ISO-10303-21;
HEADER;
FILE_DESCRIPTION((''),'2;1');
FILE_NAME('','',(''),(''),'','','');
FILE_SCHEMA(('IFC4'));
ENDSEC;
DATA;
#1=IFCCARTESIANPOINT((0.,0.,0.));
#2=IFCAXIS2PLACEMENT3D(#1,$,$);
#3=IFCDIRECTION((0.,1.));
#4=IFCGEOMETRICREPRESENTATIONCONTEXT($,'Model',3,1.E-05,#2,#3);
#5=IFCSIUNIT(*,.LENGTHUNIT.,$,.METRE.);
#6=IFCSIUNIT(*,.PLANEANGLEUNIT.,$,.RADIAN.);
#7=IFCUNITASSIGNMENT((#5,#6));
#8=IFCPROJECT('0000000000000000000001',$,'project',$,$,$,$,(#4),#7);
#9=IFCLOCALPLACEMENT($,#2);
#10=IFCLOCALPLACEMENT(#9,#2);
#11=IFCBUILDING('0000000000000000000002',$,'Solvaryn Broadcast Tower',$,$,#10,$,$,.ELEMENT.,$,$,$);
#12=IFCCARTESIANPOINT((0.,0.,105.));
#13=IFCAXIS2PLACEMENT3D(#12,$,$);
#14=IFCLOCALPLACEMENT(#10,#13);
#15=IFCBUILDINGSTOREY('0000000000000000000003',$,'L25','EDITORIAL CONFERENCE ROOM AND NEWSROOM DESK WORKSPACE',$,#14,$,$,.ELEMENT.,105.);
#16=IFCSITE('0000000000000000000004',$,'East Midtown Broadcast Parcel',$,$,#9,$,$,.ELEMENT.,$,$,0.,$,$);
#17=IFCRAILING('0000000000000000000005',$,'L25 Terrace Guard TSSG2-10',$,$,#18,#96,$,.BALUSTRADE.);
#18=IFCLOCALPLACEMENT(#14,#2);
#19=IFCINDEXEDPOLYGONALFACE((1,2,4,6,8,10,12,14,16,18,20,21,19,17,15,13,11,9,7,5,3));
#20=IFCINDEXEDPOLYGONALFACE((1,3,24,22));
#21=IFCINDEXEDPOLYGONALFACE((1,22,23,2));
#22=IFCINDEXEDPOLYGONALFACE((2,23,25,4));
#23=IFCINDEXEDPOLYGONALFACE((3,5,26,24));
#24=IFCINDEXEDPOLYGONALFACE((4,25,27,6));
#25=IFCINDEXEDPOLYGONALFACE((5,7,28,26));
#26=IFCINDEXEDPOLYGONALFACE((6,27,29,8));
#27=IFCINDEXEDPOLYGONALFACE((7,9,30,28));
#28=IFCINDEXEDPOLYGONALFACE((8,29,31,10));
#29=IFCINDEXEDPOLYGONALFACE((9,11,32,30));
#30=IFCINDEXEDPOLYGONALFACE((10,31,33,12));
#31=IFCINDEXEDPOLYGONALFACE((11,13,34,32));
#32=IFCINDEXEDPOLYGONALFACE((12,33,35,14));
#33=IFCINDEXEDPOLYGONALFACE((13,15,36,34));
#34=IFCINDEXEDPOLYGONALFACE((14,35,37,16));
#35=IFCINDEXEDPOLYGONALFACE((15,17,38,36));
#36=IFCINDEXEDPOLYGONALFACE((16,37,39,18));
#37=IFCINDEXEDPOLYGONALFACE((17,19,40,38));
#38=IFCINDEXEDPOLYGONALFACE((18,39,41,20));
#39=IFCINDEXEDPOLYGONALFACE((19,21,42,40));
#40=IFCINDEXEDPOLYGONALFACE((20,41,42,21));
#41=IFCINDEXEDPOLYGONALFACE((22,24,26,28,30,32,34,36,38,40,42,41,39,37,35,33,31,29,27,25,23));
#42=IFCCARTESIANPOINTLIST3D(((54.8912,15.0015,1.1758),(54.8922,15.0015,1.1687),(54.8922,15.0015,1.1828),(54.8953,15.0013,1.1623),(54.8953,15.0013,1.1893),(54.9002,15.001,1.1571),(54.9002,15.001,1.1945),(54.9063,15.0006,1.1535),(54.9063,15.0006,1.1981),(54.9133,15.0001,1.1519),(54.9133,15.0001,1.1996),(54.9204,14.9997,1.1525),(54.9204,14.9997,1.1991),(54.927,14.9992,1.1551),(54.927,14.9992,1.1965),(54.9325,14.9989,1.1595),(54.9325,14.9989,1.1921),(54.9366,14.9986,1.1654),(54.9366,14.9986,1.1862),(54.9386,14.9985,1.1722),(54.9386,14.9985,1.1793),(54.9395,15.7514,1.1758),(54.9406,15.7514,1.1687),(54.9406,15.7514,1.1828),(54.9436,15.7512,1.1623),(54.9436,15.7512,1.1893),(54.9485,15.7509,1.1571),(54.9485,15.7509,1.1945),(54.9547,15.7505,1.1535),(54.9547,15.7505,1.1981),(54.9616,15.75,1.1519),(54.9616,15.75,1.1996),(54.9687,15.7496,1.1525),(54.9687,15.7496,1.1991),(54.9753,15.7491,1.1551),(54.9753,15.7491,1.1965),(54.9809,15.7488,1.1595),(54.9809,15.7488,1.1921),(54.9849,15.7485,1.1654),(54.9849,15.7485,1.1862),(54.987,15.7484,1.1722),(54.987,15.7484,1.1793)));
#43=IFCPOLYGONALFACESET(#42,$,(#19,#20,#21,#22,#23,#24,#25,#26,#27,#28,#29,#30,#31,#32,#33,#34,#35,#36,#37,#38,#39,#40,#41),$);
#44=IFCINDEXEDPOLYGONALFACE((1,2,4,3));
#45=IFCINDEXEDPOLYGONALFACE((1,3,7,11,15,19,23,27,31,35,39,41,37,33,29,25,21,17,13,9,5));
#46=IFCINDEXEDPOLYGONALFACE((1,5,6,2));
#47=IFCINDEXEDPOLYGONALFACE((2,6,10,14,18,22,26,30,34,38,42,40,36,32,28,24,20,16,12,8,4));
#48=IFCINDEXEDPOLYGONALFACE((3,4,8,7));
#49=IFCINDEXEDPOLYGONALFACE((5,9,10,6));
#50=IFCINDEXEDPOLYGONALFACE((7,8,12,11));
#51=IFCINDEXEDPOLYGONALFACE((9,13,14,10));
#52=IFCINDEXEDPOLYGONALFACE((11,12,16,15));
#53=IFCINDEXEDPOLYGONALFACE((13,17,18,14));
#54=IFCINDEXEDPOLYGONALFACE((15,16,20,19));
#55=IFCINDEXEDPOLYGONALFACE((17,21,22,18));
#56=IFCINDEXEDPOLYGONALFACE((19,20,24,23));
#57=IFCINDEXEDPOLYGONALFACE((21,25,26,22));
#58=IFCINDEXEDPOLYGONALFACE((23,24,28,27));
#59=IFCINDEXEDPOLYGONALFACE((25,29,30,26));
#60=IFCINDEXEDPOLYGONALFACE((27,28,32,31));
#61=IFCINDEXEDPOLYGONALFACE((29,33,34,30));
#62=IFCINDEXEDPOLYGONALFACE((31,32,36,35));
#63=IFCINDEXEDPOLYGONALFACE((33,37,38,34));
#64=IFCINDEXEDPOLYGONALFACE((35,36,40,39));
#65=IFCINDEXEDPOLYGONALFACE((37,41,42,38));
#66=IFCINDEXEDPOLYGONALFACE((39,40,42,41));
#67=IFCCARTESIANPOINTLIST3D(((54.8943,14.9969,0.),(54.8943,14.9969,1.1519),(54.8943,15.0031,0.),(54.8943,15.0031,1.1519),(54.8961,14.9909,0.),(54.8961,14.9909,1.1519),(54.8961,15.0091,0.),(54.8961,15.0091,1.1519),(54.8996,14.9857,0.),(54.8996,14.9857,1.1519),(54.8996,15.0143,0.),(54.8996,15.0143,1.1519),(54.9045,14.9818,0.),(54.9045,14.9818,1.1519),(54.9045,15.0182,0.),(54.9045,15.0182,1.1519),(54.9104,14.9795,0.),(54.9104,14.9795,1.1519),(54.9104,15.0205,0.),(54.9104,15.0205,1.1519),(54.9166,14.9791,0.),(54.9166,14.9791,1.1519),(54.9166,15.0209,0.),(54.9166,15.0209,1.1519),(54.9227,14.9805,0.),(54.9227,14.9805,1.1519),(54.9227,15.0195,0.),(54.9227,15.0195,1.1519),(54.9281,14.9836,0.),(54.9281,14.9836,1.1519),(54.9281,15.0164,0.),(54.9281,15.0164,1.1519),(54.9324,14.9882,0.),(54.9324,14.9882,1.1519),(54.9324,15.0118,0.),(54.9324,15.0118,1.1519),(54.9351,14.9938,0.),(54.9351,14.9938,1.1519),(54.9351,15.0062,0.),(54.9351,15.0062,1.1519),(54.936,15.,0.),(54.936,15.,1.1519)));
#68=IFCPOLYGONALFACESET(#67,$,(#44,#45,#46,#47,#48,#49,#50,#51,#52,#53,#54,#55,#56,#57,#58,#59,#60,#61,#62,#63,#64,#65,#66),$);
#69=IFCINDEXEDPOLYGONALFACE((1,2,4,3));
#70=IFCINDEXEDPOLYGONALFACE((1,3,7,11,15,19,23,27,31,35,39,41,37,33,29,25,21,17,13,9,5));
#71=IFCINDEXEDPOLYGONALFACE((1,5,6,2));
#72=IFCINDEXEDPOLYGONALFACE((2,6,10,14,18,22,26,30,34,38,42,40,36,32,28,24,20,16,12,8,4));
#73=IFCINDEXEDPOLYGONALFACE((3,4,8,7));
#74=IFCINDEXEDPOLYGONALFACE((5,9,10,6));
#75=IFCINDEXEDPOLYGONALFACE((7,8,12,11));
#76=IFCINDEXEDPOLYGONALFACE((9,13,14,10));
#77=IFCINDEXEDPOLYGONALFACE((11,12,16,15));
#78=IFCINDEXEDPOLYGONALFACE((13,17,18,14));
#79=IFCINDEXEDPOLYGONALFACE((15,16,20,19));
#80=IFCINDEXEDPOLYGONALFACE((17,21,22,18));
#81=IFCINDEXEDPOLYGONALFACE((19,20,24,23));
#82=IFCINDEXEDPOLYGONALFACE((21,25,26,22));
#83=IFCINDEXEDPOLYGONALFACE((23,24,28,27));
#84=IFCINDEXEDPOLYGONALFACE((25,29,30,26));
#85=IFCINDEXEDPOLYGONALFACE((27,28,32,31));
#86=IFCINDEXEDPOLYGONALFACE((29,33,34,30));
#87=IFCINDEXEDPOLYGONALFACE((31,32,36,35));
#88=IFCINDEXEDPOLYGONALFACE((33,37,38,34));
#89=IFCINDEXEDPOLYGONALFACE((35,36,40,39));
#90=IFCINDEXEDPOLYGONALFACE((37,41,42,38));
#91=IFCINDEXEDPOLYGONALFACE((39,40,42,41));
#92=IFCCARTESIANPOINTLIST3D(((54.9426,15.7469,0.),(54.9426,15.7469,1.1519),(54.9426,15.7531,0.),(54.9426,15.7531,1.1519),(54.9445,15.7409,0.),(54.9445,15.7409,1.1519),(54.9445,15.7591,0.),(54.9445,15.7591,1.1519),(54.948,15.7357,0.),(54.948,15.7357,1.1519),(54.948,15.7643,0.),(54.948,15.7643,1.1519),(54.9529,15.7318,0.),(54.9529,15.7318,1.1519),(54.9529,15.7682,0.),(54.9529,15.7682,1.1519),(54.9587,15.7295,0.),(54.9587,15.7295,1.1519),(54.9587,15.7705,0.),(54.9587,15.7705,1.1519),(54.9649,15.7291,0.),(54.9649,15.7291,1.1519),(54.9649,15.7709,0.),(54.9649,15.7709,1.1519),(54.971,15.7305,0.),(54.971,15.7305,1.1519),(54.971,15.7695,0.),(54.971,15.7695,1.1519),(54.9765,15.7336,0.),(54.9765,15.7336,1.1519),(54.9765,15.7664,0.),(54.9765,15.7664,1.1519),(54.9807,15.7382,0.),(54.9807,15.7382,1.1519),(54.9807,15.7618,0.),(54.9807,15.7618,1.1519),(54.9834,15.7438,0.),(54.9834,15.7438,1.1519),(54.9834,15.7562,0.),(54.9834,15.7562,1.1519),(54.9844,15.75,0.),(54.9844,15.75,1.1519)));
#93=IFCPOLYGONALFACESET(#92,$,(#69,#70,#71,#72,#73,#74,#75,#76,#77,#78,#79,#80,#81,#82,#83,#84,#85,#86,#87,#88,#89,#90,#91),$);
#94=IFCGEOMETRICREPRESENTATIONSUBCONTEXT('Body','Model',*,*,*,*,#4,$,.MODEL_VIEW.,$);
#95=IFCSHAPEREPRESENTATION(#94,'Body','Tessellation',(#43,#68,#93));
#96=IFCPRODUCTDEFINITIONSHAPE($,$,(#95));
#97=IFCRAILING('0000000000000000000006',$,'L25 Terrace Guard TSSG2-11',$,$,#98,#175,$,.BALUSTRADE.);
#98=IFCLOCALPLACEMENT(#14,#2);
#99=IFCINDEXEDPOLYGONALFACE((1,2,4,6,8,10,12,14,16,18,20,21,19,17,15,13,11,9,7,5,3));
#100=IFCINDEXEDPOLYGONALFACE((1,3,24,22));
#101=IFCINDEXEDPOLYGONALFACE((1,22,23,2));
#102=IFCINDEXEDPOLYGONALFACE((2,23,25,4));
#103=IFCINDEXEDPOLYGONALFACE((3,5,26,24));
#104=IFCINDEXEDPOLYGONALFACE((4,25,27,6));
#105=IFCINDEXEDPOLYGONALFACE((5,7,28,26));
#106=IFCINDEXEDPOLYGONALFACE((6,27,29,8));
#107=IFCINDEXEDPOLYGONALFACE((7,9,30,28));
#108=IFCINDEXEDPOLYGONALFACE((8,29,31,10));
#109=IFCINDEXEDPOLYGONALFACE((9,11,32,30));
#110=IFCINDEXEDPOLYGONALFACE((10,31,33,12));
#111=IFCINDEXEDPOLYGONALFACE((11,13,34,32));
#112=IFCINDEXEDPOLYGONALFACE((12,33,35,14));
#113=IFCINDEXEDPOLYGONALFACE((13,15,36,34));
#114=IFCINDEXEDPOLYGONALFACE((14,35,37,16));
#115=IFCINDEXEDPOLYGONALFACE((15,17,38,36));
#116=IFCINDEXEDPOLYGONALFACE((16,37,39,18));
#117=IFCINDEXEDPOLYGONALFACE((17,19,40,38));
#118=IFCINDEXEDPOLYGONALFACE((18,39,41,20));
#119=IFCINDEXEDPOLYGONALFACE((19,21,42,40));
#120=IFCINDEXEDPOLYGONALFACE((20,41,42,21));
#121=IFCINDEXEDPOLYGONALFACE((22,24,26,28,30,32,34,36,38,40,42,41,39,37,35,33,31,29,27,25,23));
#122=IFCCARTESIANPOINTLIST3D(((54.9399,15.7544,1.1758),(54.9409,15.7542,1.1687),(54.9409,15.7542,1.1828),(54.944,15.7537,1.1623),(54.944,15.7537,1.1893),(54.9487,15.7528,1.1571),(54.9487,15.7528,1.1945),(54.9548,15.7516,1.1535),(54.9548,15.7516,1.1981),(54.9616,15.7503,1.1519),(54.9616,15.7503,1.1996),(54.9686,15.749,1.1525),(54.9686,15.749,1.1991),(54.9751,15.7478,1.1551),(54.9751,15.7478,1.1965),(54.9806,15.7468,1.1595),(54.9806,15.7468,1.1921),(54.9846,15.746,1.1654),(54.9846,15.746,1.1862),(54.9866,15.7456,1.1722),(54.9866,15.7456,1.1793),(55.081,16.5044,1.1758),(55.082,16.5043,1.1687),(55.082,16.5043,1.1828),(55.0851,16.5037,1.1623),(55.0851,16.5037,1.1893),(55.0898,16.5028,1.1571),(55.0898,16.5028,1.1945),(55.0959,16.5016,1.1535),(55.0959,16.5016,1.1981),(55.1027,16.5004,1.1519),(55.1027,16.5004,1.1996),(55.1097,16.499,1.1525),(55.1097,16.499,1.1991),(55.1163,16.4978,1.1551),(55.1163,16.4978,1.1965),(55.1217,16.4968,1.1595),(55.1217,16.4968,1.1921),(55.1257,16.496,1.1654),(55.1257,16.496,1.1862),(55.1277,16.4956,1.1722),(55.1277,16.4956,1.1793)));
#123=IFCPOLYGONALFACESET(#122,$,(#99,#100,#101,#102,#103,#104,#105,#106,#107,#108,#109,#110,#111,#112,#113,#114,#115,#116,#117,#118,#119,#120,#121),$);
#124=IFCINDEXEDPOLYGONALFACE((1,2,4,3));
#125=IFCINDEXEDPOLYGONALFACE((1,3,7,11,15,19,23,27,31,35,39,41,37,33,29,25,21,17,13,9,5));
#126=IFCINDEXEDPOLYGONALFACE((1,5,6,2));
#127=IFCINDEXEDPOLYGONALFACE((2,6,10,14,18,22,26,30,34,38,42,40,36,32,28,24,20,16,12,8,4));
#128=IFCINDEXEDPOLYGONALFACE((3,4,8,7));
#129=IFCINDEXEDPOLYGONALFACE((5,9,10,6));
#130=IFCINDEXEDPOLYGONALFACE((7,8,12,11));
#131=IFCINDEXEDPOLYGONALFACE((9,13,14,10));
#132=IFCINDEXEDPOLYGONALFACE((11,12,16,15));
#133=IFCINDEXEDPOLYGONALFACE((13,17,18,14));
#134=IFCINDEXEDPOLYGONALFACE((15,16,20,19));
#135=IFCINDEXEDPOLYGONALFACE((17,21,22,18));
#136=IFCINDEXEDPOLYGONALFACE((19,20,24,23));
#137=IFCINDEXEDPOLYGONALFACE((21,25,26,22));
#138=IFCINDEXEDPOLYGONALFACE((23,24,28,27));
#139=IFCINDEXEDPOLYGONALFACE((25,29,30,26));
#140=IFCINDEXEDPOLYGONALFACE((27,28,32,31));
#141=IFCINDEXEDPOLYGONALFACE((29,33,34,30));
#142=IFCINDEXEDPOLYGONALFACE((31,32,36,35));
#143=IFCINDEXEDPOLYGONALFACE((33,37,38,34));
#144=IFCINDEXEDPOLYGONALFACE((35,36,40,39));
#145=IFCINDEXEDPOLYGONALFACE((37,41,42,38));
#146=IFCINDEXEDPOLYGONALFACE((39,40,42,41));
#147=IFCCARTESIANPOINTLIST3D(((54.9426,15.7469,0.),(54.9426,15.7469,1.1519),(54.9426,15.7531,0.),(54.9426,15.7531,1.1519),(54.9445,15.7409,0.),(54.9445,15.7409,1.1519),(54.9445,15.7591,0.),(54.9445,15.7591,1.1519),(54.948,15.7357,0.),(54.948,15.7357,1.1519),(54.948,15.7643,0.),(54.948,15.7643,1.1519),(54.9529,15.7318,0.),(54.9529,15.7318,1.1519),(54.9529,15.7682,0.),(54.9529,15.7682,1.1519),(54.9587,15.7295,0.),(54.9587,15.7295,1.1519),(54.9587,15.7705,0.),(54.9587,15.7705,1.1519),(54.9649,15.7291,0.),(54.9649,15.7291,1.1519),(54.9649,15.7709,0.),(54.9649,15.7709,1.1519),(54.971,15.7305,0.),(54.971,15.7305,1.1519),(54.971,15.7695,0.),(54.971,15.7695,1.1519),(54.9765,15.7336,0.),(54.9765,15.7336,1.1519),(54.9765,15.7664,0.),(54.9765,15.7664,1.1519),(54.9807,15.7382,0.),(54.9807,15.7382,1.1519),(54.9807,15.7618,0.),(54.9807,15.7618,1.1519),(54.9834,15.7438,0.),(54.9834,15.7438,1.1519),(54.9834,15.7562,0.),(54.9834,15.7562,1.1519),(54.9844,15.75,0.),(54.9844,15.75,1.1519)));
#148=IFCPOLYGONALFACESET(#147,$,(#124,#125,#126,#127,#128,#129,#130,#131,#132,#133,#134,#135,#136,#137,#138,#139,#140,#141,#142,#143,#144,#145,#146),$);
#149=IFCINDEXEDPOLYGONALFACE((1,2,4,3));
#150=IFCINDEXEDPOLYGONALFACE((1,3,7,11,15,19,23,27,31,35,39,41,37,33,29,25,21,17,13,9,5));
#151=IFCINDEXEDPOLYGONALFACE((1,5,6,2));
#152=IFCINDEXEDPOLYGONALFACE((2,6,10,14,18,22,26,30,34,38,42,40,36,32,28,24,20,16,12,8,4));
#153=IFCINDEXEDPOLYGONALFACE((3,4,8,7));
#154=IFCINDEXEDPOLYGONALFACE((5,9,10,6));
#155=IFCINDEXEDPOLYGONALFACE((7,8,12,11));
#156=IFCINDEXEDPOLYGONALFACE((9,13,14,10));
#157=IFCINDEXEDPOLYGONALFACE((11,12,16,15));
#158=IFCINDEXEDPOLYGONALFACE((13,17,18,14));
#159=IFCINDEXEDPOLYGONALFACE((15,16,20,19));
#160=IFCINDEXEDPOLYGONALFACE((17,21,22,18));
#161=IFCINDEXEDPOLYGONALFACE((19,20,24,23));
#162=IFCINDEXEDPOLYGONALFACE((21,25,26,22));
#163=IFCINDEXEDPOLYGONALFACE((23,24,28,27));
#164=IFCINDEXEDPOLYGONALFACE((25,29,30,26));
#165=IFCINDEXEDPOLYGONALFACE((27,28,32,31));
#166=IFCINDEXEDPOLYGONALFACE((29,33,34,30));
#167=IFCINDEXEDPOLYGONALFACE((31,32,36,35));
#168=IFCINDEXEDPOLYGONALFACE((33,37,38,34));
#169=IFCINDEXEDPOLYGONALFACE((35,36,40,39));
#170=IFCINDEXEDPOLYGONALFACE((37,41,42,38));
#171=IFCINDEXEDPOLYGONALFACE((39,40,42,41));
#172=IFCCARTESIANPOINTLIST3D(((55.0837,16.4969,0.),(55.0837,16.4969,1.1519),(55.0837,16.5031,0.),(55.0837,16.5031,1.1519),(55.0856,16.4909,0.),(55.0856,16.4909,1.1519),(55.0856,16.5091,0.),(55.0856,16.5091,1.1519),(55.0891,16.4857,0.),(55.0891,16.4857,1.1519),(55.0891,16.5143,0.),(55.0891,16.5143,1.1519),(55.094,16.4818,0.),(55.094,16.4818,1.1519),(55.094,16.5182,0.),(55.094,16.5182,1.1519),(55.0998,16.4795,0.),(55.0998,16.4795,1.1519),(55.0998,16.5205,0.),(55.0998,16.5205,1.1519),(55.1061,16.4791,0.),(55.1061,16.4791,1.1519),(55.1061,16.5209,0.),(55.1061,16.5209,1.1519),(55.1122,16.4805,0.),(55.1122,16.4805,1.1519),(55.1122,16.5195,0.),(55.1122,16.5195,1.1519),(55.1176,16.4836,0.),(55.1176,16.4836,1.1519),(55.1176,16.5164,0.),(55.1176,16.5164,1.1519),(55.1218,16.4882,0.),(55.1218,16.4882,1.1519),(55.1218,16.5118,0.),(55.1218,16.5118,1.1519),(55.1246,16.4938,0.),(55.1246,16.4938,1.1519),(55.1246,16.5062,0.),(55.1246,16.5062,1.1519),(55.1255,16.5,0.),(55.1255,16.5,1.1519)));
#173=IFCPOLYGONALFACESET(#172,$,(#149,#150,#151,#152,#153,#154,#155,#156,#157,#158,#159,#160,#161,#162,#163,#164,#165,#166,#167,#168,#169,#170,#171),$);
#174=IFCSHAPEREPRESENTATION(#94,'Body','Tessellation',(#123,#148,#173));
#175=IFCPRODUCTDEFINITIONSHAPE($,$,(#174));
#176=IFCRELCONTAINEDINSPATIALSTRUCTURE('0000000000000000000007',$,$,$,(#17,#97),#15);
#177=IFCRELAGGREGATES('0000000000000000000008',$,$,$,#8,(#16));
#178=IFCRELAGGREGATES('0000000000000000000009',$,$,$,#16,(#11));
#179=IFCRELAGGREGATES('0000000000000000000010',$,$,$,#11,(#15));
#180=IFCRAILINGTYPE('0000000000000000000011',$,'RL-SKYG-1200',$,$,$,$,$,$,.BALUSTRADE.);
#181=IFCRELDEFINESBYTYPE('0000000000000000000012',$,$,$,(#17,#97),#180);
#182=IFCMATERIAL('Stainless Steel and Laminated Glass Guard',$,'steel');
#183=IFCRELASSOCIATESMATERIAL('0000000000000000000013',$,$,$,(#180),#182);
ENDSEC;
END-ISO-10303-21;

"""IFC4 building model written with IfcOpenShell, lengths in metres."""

from ifc_helpers import new_model, si_unit, direction, frame, origin, origin_2d, place, context, subcontext, project, spatial, circle, extrude, material, type_object, element, save


model = new_model("IFC4")

# Units and contexts
model_context = context("Model", 3, precision=1e-05, world=origin(), true_north=direction((0.0, 1.0)))
body_context = subcontext(model_context, "Body", "Model", "MODEL_VIEW")
ifc_project = project(units=[si_unit("LENGTHUNIT", "METRE"), si_unit("PLANEANGLEUNIT", "RADIAN")], contexts=[model_context])

# Site, building, storey
site_placement = place(None, origin())
site = spatial("IfcSite", under=ifc_project, at=site_placement, Name="East Midtown Broadcast Parcel", CompositionType="ELEMENT", RefElevation=0.0)
building_placement = place(site_placement, origin())
building = spatial("IfcBuilding", under=site, at=building_placement, Name="Solvaryn Broadcast Tower", CompositionType="ELEMENT")
storey_placement = place(building_placement, frame((0.0, 0.0, 105.0)))
storey = spatial("IfcBuildingStorey", under=building, at=storey_placement, Name="L25", Description="EDITORIAL CONFERENCE ROOM AND NEWSROOM DESK WORKSPACE", CompositionType="ELEMENT", Elevation=105.0)

# Railings
ifc_material_1 = material(Name="Stainless Steel and Laminated Glass Guard", Category="steel")
railing_type = type_object("IfcRailingType", Name="RL-SKYG-1200", PredefinedType="BALUSTRADE", material=ifc_material_1)
railing_1_placement = place(storey_placement, frame((54.915, 15.0, 0.0)))
element("IfcRailing", 1, at=railing_1_placement, inside=storey, type_object=railing_type, Name="L25 Terrace Guard TSSG2-10", PredefinedType="BALUSTRADE", context=body_context, shape_type="SweptSolid", body=[
    extrude(circle(Radius=0.0239, at=origin_2d()), frame((0.0, 0.0, 1.1758), z_axis=(0.06432, 0.997929, 0.0), x_axis=(-0.997929, 0.06432, 0.0)), (0.0, 0.0, 1.0), 0.7515),
    extrude(circle(Radius=0.021, at=origin_2d()), origin(), (0.0, 0.0, 1.0), 1.1519),
    extrude(circle(Radius=0.021, at=origin_2d()), frame((0.0483, 0.75, 0.0)), (0.0, 0.0, 1.0), 1.1519),
])
railing_2_placement = place(storey_placement, frame((54.9634, 15.75, 0.0)))
element("IfcRailing", 2, at=railing_2_placement, inside=storey, type_object=railing_type, Name="L25 Terrace Guard TSSG2-11", PredefinedType="BALUSTRADE", context=body_context, shape_type="SweptSolid", body=[
    extrude(circle(Radius=0.0239, at=origin_2d()), frame((0.0, 0.0, 1.1758), z_axis=(0.184907, 0.982756, 0.0), x_axis=(-0.982756, 0.184907, 0.0)), (0.0, 0.0, 1.0), 0.7632),
    extrude(circle(Radius=0.021, at=origin_2d()), origin(), (0.0, 0.0, 1.0), 1.1519),
    extrude(circle(Radius=0.021, at=origin_2d()), frame((0.1411, 0.75, 0.0)), (0.0, 0.0, 1.0), 1.1519),
])

save(model, "model.ifc")
